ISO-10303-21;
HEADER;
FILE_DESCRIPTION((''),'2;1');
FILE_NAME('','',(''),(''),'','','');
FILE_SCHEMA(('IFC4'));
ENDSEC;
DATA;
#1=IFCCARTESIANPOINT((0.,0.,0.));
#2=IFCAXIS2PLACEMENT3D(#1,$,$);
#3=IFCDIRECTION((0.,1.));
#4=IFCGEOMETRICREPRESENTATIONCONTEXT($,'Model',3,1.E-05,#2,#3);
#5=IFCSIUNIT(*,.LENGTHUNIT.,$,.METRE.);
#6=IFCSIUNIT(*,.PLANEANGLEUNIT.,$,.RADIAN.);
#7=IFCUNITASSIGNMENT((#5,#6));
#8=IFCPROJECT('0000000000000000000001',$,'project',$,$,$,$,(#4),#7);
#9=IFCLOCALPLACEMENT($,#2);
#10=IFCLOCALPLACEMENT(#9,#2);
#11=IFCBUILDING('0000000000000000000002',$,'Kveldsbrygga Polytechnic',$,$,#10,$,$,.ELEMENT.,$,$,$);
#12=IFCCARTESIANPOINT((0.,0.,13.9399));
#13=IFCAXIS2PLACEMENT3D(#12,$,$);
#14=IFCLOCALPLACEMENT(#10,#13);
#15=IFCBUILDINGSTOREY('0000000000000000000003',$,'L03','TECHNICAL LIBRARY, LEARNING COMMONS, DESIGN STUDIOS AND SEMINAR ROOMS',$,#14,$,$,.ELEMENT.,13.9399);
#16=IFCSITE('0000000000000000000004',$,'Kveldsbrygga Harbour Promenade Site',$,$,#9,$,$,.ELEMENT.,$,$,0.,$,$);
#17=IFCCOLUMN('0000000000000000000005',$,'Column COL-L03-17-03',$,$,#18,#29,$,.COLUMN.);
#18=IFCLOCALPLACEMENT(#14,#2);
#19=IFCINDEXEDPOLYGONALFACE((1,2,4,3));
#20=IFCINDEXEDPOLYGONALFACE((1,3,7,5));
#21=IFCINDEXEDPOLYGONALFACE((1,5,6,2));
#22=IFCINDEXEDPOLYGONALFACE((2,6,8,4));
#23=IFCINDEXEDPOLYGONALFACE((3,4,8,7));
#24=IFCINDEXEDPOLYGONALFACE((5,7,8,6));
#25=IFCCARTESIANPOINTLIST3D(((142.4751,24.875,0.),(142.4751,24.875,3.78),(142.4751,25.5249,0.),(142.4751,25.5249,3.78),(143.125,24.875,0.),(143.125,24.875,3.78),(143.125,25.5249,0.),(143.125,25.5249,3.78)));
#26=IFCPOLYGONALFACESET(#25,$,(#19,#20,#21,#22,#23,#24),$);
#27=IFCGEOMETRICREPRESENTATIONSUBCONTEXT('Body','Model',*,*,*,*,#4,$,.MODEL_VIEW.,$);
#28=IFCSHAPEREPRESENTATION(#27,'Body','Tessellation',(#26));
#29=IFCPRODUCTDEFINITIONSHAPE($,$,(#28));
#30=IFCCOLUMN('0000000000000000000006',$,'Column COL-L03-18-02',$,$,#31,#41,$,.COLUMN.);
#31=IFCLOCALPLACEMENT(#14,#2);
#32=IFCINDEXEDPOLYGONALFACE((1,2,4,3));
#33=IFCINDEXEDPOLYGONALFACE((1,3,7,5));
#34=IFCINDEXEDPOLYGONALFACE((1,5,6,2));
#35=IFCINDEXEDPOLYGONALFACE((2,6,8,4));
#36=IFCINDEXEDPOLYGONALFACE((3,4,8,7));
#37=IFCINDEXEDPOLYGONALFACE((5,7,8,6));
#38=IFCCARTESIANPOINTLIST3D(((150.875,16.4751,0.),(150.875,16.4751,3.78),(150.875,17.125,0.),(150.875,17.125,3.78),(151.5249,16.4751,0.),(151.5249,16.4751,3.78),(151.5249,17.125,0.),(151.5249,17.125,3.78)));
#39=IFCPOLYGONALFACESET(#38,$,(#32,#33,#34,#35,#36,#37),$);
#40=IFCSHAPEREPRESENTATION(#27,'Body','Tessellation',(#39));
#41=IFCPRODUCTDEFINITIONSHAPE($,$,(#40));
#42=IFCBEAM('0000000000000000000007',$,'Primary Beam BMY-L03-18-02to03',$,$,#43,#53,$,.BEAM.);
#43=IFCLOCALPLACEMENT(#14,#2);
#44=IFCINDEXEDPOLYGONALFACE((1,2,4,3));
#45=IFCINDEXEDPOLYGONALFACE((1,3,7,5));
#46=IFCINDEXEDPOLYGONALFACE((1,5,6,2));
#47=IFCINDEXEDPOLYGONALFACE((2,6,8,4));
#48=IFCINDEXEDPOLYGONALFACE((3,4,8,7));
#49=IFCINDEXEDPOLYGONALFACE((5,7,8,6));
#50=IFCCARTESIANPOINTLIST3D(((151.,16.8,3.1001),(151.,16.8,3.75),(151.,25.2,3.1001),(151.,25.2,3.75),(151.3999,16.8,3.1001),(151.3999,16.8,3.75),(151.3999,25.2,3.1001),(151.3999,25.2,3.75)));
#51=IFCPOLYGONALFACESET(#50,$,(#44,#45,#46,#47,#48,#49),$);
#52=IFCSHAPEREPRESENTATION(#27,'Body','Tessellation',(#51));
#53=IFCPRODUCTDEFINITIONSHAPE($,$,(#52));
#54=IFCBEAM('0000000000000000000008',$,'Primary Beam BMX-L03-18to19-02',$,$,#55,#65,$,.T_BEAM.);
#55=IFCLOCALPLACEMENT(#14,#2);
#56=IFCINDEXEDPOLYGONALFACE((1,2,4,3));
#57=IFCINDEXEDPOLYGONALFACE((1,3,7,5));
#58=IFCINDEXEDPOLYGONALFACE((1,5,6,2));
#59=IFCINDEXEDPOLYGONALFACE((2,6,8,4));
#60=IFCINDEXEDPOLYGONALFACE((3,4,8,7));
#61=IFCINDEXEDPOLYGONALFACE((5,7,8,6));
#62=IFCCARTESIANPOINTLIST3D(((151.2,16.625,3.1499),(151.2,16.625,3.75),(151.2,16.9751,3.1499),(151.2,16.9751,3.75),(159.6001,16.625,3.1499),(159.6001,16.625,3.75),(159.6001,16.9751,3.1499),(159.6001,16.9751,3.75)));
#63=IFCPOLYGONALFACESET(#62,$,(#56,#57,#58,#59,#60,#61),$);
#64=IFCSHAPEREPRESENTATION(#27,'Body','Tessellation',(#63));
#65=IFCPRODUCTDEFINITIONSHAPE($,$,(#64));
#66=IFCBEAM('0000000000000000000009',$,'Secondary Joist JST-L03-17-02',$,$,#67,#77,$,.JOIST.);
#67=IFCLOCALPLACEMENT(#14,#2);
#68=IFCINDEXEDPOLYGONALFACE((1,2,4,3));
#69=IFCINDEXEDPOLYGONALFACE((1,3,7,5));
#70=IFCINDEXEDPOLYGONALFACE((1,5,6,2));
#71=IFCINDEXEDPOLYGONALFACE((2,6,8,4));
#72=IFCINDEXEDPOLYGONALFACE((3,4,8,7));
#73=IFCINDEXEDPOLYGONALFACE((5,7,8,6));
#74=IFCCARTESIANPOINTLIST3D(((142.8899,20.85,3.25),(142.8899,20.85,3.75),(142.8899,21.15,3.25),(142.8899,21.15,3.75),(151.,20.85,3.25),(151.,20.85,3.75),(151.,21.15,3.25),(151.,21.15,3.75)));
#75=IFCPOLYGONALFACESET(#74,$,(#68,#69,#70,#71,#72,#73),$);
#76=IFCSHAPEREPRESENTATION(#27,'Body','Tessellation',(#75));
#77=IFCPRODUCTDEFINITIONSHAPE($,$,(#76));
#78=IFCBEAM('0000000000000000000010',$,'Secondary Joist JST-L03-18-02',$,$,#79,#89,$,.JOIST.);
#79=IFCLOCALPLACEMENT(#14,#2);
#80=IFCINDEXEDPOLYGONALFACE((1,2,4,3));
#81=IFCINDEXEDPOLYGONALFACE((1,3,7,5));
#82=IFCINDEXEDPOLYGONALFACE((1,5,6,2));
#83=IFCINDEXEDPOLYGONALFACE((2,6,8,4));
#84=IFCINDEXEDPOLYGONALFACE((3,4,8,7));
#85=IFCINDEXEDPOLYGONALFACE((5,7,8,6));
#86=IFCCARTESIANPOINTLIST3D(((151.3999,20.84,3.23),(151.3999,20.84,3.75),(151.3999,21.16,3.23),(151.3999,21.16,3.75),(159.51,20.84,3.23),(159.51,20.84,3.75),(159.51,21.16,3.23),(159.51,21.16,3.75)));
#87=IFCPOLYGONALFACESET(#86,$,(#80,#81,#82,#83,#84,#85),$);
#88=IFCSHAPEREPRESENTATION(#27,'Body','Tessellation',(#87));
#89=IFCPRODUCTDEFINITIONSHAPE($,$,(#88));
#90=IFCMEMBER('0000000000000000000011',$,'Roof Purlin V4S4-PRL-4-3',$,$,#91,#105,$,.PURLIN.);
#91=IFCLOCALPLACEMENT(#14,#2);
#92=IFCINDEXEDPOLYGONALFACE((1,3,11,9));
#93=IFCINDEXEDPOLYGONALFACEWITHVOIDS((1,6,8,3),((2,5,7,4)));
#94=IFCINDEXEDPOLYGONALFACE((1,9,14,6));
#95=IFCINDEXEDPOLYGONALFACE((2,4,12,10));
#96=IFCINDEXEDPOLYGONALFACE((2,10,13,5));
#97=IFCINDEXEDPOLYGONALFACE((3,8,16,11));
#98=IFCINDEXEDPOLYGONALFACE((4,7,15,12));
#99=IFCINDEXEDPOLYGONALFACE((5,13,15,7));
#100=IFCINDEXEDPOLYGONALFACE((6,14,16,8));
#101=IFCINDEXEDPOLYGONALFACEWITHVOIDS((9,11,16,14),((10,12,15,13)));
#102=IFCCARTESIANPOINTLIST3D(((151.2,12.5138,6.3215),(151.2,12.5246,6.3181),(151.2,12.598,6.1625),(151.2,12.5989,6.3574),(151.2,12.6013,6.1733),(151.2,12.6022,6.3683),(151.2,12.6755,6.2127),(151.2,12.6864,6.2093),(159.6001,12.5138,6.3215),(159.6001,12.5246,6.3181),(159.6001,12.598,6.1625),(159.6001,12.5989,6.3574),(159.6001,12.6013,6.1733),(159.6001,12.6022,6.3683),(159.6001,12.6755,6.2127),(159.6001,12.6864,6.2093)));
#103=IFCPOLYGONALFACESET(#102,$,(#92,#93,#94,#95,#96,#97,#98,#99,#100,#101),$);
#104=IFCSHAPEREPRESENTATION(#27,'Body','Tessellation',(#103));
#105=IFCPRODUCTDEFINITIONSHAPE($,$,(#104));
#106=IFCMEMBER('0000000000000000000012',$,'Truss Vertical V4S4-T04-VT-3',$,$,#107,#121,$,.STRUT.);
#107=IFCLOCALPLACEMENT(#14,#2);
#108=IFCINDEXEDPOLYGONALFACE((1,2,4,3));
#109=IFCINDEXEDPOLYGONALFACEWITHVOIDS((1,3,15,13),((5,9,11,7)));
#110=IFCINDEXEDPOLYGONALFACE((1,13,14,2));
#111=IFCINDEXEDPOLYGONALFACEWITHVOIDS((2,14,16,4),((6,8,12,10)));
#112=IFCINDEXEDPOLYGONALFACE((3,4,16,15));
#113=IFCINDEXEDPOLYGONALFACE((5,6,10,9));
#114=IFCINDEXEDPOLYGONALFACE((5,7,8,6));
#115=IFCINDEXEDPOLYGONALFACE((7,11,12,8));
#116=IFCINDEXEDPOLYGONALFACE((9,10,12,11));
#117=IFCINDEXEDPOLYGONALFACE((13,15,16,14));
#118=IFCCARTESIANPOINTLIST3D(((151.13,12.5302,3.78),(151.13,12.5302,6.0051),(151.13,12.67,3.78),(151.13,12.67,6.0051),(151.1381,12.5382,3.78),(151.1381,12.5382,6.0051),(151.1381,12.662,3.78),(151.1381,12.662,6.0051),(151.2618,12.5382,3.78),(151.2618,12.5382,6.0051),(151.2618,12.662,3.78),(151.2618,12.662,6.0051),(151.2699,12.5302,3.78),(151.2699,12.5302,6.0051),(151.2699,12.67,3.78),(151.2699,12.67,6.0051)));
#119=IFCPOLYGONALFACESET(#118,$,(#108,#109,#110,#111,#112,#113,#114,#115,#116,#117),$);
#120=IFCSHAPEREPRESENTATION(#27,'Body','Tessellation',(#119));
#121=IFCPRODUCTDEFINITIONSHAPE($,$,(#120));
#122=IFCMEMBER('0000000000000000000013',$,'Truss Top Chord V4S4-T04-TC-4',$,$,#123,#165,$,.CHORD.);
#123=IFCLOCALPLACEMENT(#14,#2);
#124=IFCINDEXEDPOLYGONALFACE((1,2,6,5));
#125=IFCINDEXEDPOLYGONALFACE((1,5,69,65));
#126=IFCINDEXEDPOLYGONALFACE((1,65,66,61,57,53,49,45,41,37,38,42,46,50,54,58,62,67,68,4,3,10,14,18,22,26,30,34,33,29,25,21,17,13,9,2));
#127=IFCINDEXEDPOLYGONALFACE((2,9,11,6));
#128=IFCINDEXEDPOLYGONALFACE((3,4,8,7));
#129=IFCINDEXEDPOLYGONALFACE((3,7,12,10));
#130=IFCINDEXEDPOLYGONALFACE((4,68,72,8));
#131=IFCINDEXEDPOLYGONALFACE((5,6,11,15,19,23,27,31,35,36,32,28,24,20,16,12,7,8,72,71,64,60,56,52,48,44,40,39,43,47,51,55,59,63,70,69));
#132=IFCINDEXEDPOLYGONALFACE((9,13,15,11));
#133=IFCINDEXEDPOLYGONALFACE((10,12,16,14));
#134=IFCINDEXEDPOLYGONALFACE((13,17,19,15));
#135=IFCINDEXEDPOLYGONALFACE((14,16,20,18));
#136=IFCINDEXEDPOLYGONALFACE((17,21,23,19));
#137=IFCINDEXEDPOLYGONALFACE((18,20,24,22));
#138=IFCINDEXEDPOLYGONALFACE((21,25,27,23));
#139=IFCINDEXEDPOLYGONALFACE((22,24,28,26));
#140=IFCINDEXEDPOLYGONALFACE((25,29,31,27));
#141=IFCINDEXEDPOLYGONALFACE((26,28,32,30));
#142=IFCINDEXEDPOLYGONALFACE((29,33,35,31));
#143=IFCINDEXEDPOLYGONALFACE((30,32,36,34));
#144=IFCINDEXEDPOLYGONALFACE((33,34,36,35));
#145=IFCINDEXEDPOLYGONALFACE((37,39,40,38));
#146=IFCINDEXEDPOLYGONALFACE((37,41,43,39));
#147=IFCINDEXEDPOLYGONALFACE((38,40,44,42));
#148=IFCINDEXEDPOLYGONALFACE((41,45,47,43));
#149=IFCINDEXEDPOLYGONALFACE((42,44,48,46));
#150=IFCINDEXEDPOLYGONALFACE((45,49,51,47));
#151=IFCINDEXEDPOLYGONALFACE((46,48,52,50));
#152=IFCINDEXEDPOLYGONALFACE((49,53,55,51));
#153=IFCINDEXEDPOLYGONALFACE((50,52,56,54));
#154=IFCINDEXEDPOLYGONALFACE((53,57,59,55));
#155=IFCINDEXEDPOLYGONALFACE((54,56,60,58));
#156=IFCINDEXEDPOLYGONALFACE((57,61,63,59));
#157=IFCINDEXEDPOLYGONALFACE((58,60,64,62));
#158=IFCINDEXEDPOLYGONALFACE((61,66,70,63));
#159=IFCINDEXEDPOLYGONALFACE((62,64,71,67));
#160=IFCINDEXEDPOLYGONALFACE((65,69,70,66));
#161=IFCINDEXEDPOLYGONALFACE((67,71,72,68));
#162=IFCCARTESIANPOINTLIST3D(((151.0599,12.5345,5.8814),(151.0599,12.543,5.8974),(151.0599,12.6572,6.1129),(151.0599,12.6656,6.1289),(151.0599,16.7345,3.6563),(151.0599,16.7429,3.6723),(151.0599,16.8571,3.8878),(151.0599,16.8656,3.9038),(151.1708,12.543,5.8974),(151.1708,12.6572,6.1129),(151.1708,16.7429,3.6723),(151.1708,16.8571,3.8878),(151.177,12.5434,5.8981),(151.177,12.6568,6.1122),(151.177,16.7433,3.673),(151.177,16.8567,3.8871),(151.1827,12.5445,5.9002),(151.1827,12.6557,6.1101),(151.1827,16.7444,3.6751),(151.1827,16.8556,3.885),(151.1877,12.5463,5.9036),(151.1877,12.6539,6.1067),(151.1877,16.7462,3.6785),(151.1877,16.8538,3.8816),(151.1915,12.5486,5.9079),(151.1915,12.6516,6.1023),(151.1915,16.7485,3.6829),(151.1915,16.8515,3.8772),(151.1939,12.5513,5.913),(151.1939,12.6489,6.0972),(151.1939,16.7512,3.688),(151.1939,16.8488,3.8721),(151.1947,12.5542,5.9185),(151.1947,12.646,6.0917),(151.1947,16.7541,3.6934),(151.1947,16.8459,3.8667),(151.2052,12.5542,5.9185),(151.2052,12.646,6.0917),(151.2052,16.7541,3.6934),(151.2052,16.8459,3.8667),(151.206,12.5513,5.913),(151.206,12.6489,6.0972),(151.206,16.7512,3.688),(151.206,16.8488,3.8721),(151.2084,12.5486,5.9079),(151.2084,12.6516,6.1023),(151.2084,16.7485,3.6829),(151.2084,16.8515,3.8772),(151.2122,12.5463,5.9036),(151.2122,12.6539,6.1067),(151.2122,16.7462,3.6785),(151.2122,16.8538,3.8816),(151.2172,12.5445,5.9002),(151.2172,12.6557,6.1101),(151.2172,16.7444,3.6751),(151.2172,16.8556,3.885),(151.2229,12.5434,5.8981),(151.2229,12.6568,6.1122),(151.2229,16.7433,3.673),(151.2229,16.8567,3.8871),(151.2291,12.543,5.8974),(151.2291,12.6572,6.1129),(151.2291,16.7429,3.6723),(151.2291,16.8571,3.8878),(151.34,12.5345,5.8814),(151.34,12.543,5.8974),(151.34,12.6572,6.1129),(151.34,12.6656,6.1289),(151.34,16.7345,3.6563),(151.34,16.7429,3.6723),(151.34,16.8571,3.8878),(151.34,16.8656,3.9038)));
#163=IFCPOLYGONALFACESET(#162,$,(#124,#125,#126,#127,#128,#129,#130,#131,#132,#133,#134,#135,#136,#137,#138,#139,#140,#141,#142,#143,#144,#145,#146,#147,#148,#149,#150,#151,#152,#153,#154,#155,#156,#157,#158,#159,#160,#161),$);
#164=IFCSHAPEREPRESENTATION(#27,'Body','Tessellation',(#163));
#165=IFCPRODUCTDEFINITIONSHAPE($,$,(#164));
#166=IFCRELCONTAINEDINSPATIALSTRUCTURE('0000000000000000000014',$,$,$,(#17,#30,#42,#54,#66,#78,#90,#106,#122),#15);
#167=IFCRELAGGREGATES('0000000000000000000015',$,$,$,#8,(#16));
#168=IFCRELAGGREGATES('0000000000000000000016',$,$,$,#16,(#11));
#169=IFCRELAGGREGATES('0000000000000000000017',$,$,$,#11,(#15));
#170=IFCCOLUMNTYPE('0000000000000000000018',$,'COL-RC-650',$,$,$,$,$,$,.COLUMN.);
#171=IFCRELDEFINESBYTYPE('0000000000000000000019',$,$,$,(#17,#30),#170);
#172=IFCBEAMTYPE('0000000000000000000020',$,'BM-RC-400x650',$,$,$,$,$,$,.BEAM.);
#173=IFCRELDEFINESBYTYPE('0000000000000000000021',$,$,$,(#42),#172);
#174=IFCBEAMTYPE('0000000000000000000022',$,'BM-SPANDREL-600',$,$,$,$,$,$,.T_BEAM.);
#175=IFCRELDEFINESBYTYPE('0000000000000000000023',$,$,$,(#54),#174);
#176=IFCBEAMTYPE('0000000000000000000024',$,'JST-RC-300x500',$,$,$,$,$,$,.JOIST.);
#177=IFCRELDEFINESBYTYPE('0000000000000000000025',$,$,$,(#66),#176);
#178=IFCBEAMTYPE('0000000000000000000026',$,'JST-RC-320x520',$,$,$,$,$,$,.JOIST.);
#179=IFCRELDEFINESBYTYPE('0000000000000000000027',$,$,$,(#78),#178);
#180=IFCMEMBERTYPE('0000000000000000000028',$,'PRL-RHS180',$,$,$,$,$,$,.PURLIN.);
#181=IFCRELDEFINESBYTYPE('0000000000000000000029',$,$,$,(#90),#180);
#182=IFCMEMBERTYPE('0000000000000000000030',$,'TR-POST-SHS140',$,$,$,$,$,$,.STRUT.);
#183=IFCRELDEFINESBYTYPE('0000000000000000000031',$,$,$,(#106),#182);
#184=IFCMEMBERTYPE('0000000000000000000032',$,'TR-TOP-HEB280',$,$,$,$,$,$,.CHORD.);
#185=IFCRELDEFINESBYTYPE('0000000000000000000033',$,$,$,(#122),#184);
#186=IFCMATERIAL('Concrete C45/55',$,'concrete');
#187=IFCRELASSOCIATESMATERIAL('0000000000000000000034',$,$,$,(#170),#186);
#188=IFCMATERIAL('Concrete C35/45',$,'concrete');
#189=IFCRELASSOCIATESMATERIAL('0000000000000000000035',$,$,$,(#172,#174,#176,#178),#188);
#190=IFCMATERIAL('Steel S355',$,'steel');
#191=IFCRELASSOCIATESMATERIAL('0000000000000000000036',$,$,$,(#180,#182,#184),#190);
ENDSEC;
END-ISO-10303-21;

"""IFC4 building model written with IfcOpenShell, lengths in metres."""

from ifc_helpers import new_model, si_unit, direction, frame, origin, origin_2d, place, context, subcontext, project, spatial, rectangle, hollow_rectangle, i_section, extrude, material, material_profile, profile_set, type_object, element, save


model = new_model("IFC4")

# Units and contexts
model_context = context("Model", 3, precision=1e-05, world=origin(), true_north=direction((0.0, 1.0)))
body_context = subcontext(model_context, "Body", "Model", "MODEL_VIEW")
ifc_project = project(units=[si_unit("LENGTHUNIT", "METRE"), si_unit("PLANEANGLEUNIT", "RADIAN")], contexts=[model_context])

# Site, building, storey
site_placement = place(None, origin())
site = spatial("IfcSite", under=ifc_project, at=site_placement, Name="Kveldsbrygga Harbour Promenade Site", CompositionType="ELEMENT", RefElevation=0.0)
building_placement = place(site_placement, origin())
building = spatial("IfcBuilding", under=site, at=building_placement, Name="Kveldsbrygga Polytechnic", CompositionType="ELEMENT")
storey_placement = place(building_placement, frame((0.0, 0.0, 13.9399)))
storey = spatial("IfcBuildingStorey", under=building, at=storey_placement, Name="L03", Description="TECHNICAL LIBRARY, LEARNING COMMONS, DESIGN STUDIOS AND SEMINAR ROOMS", CompositionType="ELEMENT", Elevation=13.9399)

# Columns
ifc_material_1 = material(Name="Concrete C45/55", Category="concrete")
ifc_material_profile_1 = material_profile(ifc_material_1, rectangle(XDim=0.6499, YDim=0.6499, at=origin_2d()), Name="RC 650x650")
ifc_profile_set_1 = profile_set([ifc_material_profile_1], Name="Concrete C45/55")
column_type = type_object("IfcColumnType", Name="COL-RC-650", PredefinedType="COLUMN", material=ifc_profile_set_1)
for number, where, z_axis, x_axis, name in (
    (1, (142.8, 25.2, 0.0), (0.0, 0.0, 1.0), (1.0, 0.0, 0.0), "Column COL-L03-17-03"),
    (2, (151.2, 16.8, 0.0), (0.0, 0.0, 1.0), (1.0, 0.0, 0.0), "Column COL-L03-18-02"),
):
    element("IfcColumn", number, at=place(storey_placement, frame(where, z_axis=z_axis, x_axis=x_axis)), inside=storey, type_object=column_type, Name=name, PredefinedType="COLUMN", context=body_context, shape_type="SweptSolid", body=[
        extrude(rectangle(XDim=0.6499, YDim=0.6499, at=origin_2d()), origin(), (0.0, 0.0, 1.0), 3.78),
    ])

# Beams
ifc_material_2 = material(Name="Concrete C35/45", Category="concrete")
ifc_material_profile_2 = material_profile(ifc_material_2, rectangle(XDim=0.3999, YDim=0.6499, at=origin_2d()), Name="RC 400x650")
ifc_profile_set_2 = profile_set([ifc_material_profile_2], Name="Concrete C35/45")
beam_type_1 = type_object("IfcBeamType", Name="BM-RC-400x650", PredefinedType="BEAM", material=ifc_profile_set_2)
beam_1_placement = place(storey_placement, frame((151.2, 16.8, 3.425), z_axis=(0.0, 1.0, 0.0), x_axis=(-1.0, 0.0, 0.0)))
element("IfcBeam", 3, at=beam_1_placement, inside=storey, type_object=beam_type_1, Name="Primary Beam BMY-L03-18-02to03", PredefinedType="BEAM", context=body_context, shape_type="SweptSolid", body=[
    extrude(rectangle(XDim=0.3999, YDim=0.6499, at=origin_2d()), origin(), (0.0, 0.0, 1.0), 8.3999),
])
ifc_material_profile_3 = material_profile(ifc_material_2, rectangle(XDim=0.3501, YDim=0.6001, at=origin_2d()), Name="RC 350x600")
ifc_profile_set_3 = profile_set([ifc_material_profile_3], Name="Concrete C35/45")
beam_type_2 = type_object("IfcBeamType", Name="BM-SPANDREL-600", PredefinedType="T_BEAM", material=ifc_profile_set_3)
beam_2_placement = place(storey_placement, frame((151.2, 16.8, 3.45), z_axis=(1.0, 0.0, 0.0), x_axis=(0.0, 1.0, 0.0)))
element("IfcBeam", 4, at=beam_2_placement, inside=storey, type_object=beam_type_2, Name="Primary Beam BMX-L03-18to19-02", PredefinedType="T_BEAM", context=body_context, shape_type="SweptSolid", body=[
    extrude(rectangle(XDim=0.3501, YDim=0.6001, at=origin_2d()), origin(), (0.0, 0.0, 1.0), 8.4001),
])
ifc_material_profile_4 = material_profile(ifc_material_2, rectangle(XDim=0.3, YDim=0.5, at=origin_2d()), Name="RC 300x500")
ifc_profile_set_4 = profile_set([ifc_material_profile_4], Name="Concrete C35/45")
beam_type_3 = type_object("IfcBeamType", Name="JST-RC-300x500", PredefinedType="JOIST", material=ifc_profile_set_4)
beam_3_placement = place(storey_placement, frame((142.8899, 21.0, 3.5), z_axis=(1.0, 0.0, 0.0), x_axis=(0.0, 1.0, 0.0)))
element("IfcBeam", 5, at=beam_3_placement, inside=storey, type_object=beam_type_3, Name="Secondary Joist JST-L03-17-02", PredefinedType="JOIST", context=body_context, shape_type="SweptSolid", body=[
    extrude(rectangle(XDim=0.3, YDim=0.5, at=origin_2d()), origin(), (0.0, 0.0, 1.0), 8.1101),
])
ifc_material_profile_5 = material_profile(ifc_material_2, rectangle(XDim=0.3201, YDim=0.52, at=origin_2d()), Name="RC 320x520")
ifc_profile_set_5 = profile_set([ifc_material_profile_5], Name="Concrete C35/45")
beam_type_4 = type_object("IfcBeamType", Name="JST-RC-320x520", PredefinedType="JOIST", material=ifc_profile_set_5)
beam_4_placement = place(storey_placement, frame((151.3999, 21.0, 3.49), z_axis=(1.0, 0.0, 0.0), x_axis=(0.0, 1.0, 0.0)))
element("IfcBeam", 6, at=beam_4_placement, inside=storey, type_object=beam_type_4, Name="Secondary Joist JST-L03-18-02", PredefinedType="JOIST", context=body_context, shape_type="SweptSolid", body=[
    extrude(rectangle(XDim=0.3201, YDim=0.52, at=origin_2d()), origin(), (0.0, 0.0, 1.0), 8.1101),
])

# Members
ifc_material_3 = material(Name="Steel S355", Category="steel")
ifc_material_profile_6 = material_profile(ifc_material_3, hollow_rectangle(XDim=0.1001, YDim=0.1799, WallThickness=0.0081, at=origin_2d()), Name="RHS 180x100x8.0")
ifc_profile_set_6 = profile_set([ifc_material_profile_6], Name="Steel S355")
member_type_1 = type_object("IfcMemberType", Name="PRL-RHS180", PredefinedType="PURLIN", material=ifc_profile_set_6)
member_1_placement = place(storey_placement, frame((151.2, 12.6001, 6.2654), z_axis=(1.0, 0.0, 0.0), x_axis=(0.0, 0.88366, 0.468129)))
element("IfcMember", 7, at=member_1_placement, inside=storey, type_object=member_type_1, Name="Roof Purlin V4S4-PRL-4-3", PredefinedType="PURLIN", context=body_context, shape_type="SweptSolid", body=[
    extrude(hollow_rectangle(XDim=0.1001, YDim=0.1799, WallThickness=0.0081, at=origin_2d()), origin(), (0.0, 0.0, 1.0), 8.4001),
])
ifc_material_profile_7 = material_profile(ifc_material_3, hollow_rectangle(XDim=0.1399, YDim=0.1399, WallThickness=0.0081, at=origin_2d()), Name="SHS 140x140x8.0")
ifc_profile_set_7 = profile_set([ifc_material_profile_7], Name="Steel S355")
member_type_2 = type_object("IfcMemberType", Name="TR-POST-SHS140", PredefinedType="STRUT", material=ifc_profile_set_7)
member_2_placement = place(storey_placement, frame((151.2, 12.6001, 3.78), z_axis=(0.0, 0.0, 1.0), x_axis=(1.0, 0.0, 0.0)))
element("IfcMember", 8, at=member_2_placement, inside=storey, type_object=member_type_2, Name="Truss Vertical V4S4-T04-VT-3", PredefinedType="STRUT", context=body_context, shape_type="SweptSolid", body=[
    extrude(hollow_rectangle(XDim=0.1399, YDim=0.1399, WallThickness=0.0081, at=origin_2d()), origin(), (0.0, 0.0, 1.0), 2.2251),
])
ifc_material_profile_8 = material_profile(ifc_material_3, i_section(OverallWidth=0.28, OverallDepth=0.28, WebThickness=0.0105, FlangeThickness=0.0181, FilletRadius=0.0239, at=origin_2d()), Name="HEB 280")
ifc_profile_set_8 = profile_set([ifc_material_profile_8], Name="Steel S355")
member_type_3 = type_object("IfcMemberType", Name="TR-TOP-HEB280", PredefinedType="CHORD", material=ifc_profile_set_8)
member_3_placement = place(storey_placement, frame((151.2, 12.6001, 6.0051), z_axis=(0.0, 0.883649, -0.46815), x_axis=(-1.0, 0.0, 0.0)))
element("IfcMember", 9, at=member_3_placement, inside=storey, type_object=member_type_3, Name="Truss Top Chord V4S4-T04-TC-4", PredefinedType="CHORD", context=body_context, shape_type="SweptSolid", body=[
    extrude(i_section(OverallWidth=0.28, OverallDepth=0.28, WebThickness=0.0105, FlangeThickness=0.0181, FilletRadius=0.0239, at=origin_2d()), origin(), (0.0, 0.0, 1.0), 4.7529),
])

save(model, "model.ifc")
